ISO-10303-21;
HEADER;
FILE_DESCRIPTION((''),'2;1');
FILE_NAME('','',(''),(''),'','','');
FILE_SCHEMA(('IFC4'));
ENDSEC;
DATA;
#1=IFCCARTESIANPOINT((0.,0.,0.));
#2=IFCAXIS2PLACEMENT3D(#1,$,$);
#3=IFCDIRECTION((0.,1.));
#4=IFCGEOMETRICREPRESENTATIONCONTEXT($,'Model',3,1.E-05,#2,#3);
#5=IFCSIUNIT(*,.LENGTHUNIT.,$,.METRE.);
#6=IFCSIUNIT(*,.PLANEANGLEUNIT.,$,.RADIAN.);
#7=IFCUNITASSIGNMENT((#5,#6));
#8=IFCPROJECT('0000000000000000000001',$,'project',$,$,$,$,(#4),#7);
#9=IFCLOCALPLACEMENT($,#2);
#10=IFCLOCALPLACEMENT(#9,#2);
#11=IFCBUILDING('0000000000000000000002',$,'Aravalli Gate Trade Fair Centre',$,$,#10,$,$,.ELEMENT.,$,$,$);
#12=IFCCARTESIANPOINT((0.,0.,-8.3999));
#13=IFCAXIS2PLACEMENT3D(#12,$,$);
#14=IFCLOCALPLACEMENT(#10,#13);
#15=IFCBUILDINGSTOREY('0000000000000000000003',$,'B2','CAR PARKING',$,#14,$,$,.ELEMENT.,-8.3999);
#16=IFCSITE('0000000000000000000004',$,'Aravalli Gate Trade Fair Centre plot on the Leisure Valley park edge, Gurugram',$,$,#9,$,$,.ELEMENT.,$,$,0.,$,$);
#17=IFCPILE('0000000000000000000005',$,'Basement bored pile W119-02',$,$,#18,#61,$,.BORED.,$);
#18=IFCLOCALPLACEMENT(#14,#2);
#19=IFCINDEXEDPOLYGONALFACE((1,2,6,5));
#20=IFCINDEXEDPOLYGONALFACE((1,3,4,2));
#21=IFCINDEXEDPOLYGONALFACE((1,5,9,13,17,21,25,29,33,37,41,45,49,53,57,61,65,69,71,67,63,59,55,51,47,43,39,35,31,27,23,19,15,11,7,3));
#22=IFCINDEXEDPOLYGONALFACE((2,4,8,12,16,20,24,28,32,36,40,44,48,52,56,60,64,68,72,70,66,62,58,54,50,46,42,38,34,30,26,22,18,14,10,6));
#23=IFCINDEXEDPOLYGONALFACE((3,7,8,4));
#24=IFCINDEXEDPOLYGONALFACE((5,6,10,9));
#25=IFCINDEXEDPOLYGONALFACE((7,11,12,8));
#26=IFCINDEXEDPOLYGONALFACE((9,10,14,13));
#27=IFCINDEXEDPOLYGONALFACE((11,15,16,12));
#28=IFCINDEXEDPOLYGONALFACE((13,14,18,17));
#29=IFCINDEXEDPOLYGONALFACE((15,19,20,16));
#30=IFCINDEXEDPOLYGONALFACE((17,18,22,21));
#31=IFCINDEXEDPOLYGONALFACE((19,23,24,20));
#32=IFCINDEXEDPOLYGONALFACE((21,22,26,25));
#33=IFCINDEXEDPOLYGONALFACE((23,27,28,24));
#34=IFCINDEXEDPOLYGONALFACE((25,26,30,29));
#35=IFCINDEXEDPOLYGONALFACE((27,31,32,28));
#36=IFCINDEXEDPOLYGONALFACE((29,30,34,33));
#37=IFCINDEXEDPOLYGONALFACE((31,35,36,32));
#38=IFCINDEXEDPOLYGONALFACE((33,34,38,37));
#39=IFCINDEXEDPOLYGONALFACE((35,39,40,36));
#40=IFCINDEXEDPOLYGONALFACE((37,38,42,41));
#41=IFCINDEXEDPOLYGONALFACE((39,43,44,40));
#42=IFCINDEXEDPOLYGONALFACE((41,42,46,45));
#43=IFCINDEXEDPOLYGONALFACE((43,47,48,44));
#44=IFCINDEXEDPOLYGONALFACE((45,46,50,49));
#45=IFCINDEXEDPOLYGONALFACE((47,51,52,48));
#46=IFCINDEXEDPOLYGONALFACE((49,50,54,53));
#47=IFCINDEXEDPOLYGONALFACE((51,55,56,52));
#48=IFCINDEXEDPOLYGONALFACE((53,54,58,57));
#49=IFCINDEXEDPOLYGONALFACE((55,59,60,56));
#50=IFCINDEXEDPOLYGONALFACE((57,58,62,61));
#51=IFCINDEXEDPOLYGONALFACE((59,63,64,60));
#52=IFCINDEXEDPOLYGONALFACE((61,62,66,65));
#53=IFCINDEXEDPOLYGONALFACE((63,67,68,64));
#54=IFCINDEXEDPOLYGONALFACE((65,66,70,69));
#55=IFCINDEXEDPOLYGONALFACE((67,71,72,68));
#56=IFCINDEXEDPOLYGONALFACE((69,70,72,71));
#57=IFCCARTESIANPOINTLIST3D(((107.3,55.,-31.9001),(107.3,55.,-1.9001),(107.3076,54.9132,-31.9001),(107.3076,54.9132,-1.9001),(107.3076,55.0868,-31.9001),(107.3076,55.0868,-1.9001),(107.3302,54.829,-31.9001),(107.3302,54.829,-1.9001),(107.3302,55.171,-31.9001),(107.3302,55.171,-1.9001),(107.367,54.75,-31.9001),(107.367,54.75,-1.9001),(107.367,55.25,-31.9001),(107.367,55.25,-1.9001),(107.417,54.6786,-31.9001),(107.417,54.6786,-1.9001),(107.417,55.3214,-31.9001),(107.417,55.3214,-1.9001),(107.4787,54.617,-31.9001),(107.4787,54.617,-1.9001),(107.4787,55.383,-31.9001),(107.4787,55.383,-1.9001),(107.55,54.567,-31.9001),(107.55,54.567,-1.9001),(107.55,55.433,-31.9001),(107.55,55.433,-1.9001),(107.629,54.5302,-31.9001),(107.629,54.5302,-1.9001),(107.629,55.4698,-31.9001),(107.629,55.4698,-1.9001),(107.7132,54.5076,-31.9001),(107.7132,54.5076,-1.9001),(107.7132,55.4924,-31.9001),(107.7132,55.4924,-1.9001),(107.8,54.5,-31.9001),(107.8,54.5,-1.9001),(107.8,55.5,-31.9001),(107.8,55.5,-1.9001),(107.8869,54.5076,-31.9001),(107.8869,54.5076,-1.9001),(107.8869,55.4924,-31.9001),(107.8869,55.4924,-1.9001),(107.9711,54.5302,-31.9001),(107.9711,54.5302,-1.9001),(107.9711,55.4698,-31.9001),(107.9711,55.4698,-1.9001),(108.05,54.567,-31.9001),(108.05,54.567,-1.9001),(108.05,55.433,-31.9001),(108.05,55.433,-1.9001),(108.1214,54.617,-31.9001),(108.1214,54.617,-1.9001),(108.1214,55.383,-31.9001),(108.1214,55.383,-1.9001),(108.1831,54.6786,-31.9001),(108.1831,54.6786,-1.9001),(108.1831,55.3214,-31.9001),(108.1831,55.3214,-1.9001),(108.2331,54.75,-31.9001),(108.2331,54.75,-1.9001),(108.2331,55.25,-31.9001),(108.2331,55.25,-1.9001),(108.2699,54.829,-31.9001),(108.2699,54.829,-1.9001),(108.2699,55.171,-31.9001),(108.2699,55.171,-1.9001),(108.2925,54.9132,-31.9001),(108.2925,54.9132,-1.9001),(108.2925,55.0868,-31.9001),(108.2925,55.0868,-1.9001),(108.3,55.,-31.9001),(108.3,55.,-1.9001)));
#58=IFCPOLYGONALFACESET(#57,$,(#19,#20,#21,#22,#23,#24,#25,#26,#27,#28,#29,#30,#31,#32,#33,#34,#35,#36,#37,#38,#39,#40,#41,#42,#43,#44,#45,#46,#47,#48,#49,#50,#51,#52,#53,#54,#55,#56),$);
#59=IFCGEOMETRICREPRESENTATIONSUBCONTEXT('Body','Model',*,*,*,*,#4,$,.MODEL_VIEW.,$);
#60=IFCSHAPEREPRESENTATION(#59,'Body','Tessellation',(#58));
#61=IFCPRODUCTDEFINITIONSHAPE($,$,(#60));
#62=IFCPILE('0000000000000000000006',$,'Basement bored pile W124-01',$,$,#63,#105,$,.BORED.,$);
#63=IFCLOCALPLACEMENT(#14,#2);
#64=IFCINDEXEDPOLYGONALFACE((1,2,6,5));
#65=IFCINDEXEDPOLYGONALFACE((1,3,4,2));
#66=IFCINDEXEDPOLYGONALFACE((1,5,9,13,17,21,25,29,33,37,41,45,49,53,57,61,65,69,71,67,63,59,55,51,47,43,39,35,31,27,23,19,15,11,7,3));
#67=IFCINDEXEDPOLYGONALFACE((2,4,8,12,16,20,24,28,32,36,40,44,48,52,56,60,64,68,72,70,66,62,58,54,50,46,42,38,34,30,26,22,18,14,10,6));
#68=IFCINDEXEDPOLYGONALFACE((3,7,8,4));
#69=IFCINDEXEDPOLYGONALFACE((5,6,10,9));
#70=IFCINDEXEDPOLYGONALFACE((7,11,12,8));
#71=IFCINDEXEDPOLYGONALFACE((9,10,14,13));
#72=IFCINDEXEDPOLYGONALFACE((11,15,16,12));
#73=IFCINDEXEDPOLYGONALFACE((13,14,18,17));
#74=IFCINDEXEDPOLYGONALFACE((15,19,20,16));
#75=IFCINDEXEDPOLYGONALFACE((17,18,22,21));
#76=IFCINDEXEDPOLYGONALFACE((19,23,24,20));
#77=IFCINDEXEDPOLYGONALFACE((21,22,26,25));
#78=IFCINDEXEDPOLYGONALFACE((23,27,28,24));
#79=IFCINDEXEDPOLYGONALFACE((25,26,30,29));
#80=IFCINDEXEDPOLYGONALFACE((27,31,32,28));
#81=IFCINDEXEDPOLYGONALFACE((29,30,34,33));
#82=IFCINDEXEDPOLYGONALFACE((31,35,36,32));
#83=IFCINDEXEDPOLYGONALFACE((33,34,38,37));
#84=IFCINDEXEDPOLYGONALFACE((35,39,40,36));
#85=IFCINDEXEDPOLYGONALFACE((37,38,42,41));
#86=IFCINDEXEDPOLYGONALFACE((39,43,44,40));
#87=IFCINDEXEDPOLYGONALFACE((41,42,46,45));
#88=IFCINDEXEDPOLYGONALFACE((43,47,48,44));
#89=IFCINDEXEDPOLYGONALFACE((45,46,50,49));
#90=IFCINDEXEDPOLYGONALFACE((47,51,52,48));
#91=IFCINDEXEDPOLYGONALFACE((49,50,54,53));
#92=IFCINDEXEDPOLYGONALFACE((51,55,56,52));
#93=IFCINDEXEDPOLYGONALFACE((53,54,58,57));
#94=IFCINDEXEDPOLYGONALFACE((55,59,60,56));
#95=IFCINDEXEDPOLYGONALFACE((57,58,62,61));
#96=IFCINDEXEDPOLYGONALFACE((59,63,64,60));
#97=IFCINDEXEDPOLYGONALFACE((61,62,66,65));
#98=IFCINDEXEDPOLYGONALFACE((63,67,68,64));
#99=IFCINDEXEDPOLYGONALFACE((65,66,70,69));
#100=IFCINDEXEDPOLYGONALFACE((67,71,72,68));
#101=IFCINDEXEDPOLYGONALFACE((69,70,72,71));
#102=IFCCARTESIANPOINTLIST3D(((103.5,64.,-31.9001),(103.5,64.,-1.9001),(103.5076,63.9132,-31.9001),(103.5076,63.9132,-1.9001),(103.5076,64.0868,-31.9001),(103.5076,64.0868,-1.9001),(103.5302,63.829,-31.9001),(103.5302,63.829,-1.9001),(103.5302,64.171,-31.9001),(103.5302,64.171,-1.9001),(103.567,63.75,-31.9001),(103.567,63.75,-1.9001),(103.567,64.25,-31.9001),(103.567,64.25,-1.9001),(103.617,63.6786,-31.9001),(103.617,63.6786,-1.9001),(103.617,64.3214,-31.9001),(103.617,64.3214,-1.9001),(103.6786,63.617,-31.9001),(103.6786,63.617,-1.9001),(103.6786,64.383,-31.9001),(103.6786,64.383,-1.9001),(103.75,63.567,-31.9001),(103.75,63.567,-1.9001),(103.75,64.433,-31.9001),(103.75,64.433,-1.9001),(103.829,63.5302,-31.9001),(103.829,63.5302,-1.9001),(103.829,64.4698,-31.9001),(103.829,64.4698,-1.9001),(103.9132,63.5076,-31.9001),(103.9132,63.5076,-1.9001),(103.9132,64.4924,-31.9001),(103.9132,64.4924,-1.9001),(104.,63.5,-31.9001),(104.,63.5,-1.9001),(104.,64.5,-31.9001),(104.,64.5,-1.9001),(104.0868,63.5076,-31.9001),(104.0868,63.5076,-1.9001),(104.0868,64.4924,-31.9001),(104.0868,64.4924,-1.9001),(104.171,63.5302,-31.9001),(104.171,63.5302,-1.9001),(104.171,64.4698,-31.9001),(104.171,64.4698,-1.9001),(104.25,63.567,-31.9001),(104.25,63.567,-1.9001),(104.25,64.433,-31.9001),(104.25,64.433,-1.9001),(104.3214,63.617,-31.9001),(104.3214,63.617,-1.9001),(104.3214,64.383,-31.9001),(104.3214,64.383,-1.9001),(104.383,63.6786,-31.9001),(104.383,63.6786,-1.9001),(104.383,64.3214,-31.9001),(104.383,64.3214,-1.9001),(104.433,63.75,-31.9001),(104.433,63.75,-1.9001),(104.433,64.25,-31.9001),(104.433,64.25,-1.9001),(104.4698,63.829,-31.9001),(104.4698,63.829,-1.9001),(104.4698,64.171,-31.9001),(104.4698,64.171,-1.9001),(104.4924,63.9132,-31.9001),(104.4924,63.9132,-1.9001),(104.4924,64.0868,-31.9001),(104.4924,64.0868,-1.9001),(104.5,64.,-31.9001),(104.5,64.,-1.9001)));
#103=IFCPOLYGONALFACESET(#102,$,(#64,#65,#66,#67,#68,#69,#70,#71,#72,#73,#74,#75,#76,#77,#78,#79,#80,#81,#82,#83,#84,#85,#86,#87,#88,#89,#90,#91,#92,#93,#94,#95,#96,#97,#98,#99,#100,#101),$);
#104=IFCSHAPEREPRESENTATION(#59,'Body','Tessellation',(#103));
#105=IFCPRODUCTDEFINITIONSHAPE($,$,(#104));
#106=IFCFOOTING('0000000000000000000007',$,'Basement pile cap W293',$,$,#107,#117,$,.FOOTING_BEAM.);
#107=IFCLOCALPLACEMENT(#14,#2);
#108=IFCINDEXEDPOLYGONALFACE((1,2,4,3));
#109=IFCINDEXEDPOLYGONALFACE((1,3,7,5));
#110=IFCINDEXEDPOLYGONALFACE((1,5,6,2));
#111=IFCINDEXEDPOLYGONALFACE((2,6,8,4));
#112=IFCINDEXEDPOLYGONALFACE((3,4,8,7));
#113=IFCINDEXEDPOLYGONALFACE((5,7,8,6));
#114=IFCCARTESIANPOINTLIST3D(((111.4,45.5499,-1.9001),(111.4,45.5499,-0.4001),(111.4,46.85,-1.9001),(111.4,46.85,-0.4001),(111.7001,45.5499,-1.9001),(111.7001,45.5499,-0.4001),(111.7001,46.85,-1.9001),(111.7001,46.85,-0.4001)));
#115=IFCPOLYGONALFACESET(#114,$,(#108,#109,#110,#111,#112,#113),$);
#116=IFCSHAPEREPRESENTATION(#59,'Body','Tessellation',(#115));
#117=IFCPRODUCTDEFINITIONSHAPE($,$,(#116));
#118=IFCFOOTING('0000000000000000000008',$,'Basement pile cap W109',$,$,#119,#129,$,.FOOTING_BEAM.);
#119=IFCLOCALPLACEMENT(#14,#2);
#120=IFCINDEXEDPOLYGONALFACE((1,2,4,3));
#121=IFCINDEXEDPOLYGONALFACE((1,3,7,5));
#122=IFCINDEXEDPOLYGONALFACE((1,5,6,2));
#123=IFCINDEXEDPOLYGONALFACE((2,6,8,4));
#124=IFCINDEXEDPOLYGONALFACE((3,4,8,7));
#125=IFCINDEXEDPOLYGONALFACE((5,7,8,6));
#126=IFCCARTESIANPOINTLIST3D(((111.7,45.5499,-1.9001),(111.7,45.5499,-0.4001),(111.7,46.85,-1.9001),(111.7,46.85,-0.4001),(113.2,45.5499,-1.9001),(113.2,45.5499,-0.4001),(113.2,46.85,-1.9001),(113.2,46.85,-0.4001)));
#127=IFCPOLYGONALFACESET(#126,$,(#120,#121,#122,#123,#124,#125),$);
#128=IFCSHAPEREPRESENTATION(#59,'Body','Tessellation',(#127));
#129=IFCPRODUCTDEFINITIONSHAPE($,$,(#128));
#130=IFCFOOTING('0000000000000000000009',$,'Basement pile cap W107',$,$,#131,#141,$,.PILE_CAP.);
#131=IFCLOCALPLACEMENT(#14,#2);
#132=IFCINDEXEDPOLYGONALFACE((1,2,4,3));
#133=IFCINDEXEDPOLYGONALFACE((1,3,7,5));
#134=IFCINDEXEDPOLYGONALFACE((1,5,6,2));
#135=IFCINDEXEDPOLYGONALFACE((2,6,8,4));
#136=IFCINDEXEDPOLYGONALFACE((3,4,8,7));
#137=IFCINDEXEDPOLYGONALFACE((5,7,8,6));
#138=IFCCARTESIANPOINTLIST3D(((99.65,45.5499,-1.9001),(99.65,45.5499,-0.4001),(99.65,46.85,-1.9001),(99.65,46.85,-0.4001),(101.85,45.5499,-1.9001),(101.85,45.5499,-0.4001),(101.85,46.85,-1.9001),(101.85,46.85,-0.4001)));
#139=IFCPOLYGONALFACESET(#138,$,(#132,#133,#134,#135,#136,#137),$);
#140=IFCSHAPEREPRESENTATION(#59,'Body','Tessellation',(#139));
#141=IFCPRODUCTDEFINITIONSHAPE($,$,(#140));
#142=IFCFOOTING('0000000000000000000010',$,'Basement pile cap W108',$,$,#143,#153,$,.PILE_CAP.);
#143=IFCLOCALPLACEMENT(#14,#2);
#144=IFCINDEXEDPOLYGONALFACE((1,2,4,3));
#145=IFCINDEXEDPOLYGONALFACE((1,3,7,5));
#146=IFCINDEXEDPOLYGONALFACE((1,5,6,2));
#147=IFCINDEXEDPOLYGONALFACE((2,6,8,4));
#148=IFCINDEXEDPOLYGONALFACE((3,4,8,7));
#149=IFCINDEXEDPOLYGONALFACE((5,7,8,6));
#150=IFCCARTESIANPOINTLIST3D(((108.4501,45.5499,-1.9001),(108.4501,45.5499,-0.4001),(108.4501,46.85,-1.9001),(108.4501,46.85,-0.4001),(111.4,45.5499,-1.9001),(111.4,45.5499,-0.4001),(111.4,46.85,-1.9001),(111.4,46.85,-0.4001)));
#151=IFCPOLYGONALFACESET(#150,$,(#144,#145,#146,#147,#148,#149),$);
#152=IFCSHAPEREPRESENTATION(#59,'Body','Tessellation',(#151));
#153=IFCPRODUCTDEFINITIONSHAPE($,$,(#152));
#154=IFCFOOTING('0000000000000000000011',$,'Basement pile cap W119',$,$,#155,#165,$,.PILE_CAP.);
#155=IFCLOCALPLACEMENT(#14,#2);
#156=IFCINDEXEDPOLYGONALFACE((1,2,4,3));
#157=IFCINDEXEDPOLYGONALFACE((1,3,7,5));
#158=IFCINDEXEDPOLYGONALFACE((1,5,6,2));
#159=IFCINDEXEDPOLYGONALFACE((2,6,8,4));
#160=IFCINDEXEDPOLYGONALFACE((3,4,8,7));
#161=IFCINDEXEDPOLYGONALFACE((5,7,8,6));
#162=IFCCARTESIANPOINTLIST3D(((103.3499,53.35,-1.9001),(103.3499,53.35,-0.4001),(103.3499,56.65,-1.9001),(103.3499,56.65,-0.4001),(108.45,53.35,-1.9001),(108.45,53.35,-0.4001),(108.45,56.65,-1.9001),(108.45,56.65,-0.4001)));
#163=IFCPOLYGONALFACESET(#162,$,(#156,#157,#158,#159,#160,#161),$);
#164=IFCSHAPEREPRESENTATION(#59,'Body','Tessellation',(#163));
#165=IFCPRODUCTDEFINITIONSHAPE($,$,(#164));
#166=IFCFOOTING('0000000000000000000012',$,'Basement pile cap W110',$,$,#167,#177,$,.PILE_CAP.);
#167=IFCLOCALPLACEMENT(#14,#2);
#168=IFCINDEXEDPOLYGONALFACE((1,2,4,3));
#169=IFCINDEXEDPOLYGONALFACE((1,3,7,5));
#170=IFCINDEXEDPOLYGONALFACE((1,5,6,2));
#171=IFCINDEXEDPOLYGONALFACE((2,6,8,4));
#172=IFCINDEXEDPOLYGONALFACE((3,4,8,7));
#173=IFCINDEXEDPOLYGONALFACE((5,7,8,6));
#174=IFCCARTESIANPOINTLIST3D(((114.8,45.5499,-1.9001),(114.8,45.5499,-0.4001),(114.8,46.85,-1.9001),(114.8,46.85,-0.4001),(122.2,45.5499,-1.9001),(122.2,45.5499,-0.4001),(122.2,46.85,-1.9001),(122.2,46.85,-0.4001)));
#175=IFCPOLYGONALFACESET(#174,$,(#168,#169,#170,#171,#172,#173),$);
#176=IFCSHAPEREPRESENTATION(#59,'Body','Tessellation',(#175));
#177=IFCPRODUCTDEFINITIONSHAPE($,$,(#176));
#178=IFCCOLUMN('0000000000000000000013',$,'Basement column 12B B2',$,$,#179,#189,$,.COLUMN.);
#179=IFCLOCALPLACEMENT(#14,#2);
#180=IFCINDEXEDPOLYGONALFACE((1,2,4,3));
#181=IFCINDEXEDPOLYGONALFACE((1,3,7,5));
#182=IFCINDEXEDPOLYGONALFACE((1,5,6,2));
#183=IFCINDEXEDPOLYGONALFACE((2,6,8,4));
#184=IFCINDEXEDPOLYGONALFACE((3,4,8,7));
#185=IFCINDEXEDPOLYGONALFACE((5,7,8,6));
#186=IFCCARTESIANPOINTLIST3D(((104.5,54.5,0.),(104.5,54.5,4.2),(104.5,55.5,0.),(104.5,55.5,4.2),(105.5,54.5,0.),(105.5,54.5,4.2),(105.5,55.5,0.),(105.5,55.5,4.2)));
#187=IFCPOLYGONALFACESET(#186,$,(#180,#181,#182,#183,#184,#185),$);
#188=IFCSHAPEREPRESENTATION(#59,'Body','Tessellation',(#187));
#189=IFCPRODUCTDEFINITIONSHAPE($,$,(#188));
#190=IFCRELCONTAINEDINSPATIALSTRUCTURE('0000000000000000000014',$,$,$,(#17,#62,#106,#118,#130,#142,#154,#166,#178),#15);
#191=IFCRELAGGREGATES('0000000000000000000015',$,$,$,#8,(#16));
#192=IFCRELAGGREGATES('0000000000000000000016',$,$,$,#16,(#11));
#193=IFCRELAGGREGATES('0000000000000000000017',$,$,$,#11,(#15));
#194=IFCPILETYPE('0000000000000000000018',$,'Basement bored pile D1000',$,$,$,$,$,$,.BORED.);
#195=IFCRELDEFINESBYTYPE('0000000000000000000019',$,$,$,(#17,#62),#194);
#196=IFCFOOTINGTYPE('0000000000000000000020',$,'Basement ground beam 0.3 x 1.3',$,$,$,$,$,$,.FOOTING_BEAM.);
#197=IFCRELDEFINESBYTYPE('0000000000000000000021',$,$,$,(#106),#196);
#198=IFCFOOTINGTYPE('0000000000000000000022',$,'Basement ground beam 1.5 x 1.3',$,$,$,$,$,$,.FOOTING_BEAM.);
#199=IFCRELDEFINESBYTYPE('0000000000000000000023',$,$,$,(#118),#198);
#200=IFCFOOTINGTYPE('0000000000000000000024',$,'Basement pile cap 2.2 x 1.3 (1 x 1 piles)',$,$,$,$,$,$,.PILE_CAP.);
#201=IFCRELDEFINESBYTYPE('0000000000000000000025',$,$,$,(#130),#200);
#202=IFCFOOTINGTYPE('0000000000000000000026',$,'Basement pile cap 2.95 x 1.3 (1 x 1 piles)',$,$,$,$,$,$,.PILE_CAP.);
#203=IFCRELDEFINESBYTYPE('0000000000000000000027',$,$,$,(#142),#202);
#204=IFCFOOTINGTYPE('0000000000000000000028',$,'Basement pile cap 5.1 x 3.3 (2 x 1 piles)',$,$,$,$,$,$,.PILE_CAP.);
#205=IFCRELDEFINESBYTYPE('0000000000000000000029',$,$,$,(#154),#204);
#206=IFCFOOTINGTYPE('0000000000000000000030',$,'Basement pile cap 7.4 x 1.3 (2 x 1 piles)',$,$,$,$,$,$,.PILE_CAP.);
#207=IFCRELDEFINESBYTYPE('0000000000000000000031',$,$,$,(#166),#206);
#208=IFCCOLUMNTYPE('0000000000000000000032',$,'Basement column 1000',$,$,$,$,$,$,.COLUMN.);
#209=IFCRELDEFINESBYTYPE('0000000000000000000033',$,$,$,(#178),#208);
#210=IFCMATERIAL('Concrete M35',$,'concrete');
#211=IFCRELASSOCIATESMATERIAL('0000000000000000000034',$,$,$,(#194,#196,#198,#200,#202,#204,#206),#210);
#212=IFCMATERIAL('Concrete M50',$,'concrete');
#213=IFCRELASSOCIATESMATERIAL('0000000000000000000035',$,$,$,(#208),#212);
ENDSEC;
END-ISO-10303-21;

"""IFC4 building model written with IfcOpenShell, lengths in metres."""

from ifc_helpers import new_model, si_unit, direction, frame, origin, origin_2d, place, context, subcontext, project, spatial, rectangle, circle, extrude, material, material_profile, profile_set, type_object, element, save


model = new_model("IFC4")

# Units and contexts
model_context = context("Model", 3, precision=1e-05, world=origin(), true_north=direction((0.0, 1.0)))
body_context = subcontext(model_context, "Body", "Model", "MODEL_VIEW")
ifc_project = project(units=[si_unit("LENGTHUNIT", "METRE"), si_unit("PLANEANGLEUNIT", "RADIAN")], contexts=[model_context])

# Site, building, storey
site_placement = place(None, origin())
site = spatial("IfcSite", under=ifc_project, at=site_placement, Name="Aravalli Gate Trade Fair Centre plot on the Leisure Valley park edge, Gurugram", CompositionType="ELEMENT", RefElevation=0.0)
building_placement = place(site_placement, origin())
building = spatial("IfcBuilding", under=site, at=building_placement, Name="Aravalli Gate Trade Fair Centre", CompositionType="ELEMENT")
storey_placement = place(building_placement, frame((0.0, 0.0, -8.3999)))
storey = spatial("IfcBuildingStorey", under=building, at=storey_placement, Name="B2", Description="CAR PARKING", CompositionType="ELEMENT", Elevation=-8.3999)

# Piles
ifc_material_1 = material(Name="Concrete M35", Category="concrete")
ifc_material_profile_1 = material_profile(ifc_material_1, circle(Radius=0.5, at=origin_2d()), Name="D1000")
ifc_profile_set_1 = profile_set([ifc_material_profile_1], Name="Concrete M35")
pile_type = type_object("IfcPileType", Name="Basement bored pile D1000", PredefinedType="BORED", material=ifc_profile_set_1)
for number, where, z_axis, x_axis, name in (
    (1, (107.8, 55.0, -1.9001), (0.0, 0.0, -1.0), (1.0, 0.0, 0.0), "Basement bored pile W119-02"),
    (2, (104.0, 64.0, -1.9001), (0.0, 0.0, -1.0), (1.0, 0.0, 0.0), "Basement bored pile W124-01"),
):
    element("IfcPile", number, at=place(storey_placement, frame(where, z_axis=z_axis, x_axis=x_axis)), inside=storey, type_object=pile_type, Name=name, PredefinedType="BORED", context=body_context, shape_type="SweptSolid", body=[
        extrude(circle(Radius=0.5, at=origin_2d()), origin(), (0.0, 0.0, 1.0), 30.0),
    ])

# Footings
footing_type_1 = type_object("IfcFootingType", Name="Basement ground beam 0.3 x 1.3", PredefinedType="FOOTING_BEAM", material=ifc_material_1)
footing_1_placement = place(storey_placement, frame((111.55, 46.2, -1.9001), z_axis=(0.0, 0.0, 1.0), x_axis=(1.0, 0.0, 0.0)))
element("IfcFooting", 3, at=footing_1_placement, inside=storey, type_object=footing_type_1, Name="Basement pile cap W293", PredefinedType="FOOTING_BEAM", context=body_context, shape_type="SweptSolid", body=[
    extrude(rectangle(XDim=0.3, YDim=1.3, at=origin_2d()), origin(), (0.0, 0.0, 1.0), 1.5),
])
footing_type_2 = type_object("IfcFootingType", Name="Basement ground beam 1.5 x 1.3", PredefinedType="FOOTING_BEAM", material=ifc_material_1)
footing_2_placement = place(storey_placement, frame((112.45, 46.2, -1.9001), z_axis=(0.0, 0.0, 1.0), x_axis=(1.0, 0.0, 0.0)))
element("IfcFooting", 4, at=footing_2_placement, inside=storey, type_object=footing_type_2, Name="Basement pile cap W109", PredefinedType="FOOTING_BEAM", context=body_context, shape_type="SweptSolid", body=[
    extrude(rectangle(XDim=1.5, YDim=1.3, at=origin_2d()), origin(), (0.0, 0.0, 1.0), 1.5),
])
footing_type_3 = type_object("IfcFootingType", Name="Basement pile cap 2.2 x 1.3 (1 x 1 piles)", PredefinedType="PILE_CAP", material=ifc_material_1)
footing_3_placement = place(storey_placement, frame((100.75, 46.2, -1.9001), z_axis=(0.0, 0.0, 1.0), x_axis=(1.0, 0.0, 0.0)))
element("IfcFooting", 5, at=footing_3_placement, inside=storey, type_object=footing_type_3, Name="Basement pile cap W107", PredefinedType="PILE_CAP", context=body_context, shape_type="SweptSolid", body=[
    extrude(rectangle(XDim=2.2, YDim=1.3, at=origin_2d()), origin(), (0.0, 0.0, 1.0), 1.5),
])
footing_type_4 = type_object("IfcFootingType", Name="Basement pile cap 2.95 x 1.3 (1 x 1 piles)", PredefinedType="PILE_CAP", material=ifc_material_1)
footing_4_placement = place(storey_placement, frame((109.925, 46.2, -1.9001), z_axis=(0.0, 0.0, 1.0), x_axis=(1.0, 0.0, 0.0)))
element("IfcFooting", 6, at=footing_4_placement, inside=storey, type_object=footing_type_4, Name="Basement pile cap W108", PredefinedType="PILE_CAP", context=body_context, shape_type="SweptSolid", body=[
    extrude(rectangle(XDim=2.95, YDim=1.3, at=origin_2d()), origin(), (0.0, 0.0, 1.0), 1.5),
])
footing_type_5 = type_object("IfcFootingType", Name="Basement pile cap 5.1 x 3.3 (2 x 1 piles)", PredefinedType="PILE_CAP", material=ifc_material_1)
footing_5_placement = place(storey_placement, frame((105.8999, 55.0, -1.9001), z_axis=(0.0, 0.0, 1.0), x_axis=(1.0, 0.0, 0.0)))
element("IfcFooting", 7, at=footing_5_placement, inside=storey, type_object=footing_type_5, Name="Basement pile cap W119", PredefinedType="PILE_CAP", context=body_context, shape_type="SweptSolid", body=[
    extrude(rectangle(XDim=5.1001, YDim=3.3, at=origin_2d()), origin(), (0.0, 0.0, 1.0), 1.5),
])
footing_type_6 = type_object("IfcFootingType", Name="Basement pile cap 7.4 x 1.3 (2 x 1 piles)", PredefinedType="PILE_CAP", material=ifc_material_1)
footing_6_placement = place(storey_placement, frame((118.5, 46.2, -1.9001), z_axis=(0.0, 0.0, 1.0), x_axis=(1.0, 0.0, 0.0)))
element("IfcFooting", 8, at=footing_6_placement, inside=storey, type_object=footing_type_6, Name="Basement pile cap W110", PredefinedType="PILE_CAP", context=body_context, shape_type="SweptSolid", body=[
    extrude(rectangle(XDim=7.3999, YDim=1.3, at=origin_2d()), origin(), (0.0, 0.0, 1.0), 1.5),
])

# Column
ifc_material_2 = material(Name="Concrete M50", Category="concrete")
ifc_material_profile_2 = material_profile(ifc_material_2, rectangle(XDim=1.0, YDim=1.0, at=origin_2d()), Name="RC 1000 x 1000")
ifc_profile_set_2 = profile_set([ifc_material_profile_2], Name="Concrete M50")
column_type_1 = type_object("IfcColumnType", Name="Basement column 1000", PredefinedType="COLUMN", material=ifc_profile_set_2)
column_1_placement = place(storey_placement, frame((105.0, 55.0, 0.0), z_axis=(0.0, 0.0, 1.0), x_axis=(1.0, 0.0, 0.0)))
element("IfcColumn", 9, at=column_1_placement, inside=storey, type_object=column_type_1, Name="Basement column 12B B2", PredefinedType="COLUMN", context=body_context, shape_type="SweptSolid", body=[
    extrude(rectangle(XDim=1.0, YDim=1.0, at=origin_2d()), origin(), (0.0, 0.0, 1.0), 4.2),
])

save(model, "model.ifc")
